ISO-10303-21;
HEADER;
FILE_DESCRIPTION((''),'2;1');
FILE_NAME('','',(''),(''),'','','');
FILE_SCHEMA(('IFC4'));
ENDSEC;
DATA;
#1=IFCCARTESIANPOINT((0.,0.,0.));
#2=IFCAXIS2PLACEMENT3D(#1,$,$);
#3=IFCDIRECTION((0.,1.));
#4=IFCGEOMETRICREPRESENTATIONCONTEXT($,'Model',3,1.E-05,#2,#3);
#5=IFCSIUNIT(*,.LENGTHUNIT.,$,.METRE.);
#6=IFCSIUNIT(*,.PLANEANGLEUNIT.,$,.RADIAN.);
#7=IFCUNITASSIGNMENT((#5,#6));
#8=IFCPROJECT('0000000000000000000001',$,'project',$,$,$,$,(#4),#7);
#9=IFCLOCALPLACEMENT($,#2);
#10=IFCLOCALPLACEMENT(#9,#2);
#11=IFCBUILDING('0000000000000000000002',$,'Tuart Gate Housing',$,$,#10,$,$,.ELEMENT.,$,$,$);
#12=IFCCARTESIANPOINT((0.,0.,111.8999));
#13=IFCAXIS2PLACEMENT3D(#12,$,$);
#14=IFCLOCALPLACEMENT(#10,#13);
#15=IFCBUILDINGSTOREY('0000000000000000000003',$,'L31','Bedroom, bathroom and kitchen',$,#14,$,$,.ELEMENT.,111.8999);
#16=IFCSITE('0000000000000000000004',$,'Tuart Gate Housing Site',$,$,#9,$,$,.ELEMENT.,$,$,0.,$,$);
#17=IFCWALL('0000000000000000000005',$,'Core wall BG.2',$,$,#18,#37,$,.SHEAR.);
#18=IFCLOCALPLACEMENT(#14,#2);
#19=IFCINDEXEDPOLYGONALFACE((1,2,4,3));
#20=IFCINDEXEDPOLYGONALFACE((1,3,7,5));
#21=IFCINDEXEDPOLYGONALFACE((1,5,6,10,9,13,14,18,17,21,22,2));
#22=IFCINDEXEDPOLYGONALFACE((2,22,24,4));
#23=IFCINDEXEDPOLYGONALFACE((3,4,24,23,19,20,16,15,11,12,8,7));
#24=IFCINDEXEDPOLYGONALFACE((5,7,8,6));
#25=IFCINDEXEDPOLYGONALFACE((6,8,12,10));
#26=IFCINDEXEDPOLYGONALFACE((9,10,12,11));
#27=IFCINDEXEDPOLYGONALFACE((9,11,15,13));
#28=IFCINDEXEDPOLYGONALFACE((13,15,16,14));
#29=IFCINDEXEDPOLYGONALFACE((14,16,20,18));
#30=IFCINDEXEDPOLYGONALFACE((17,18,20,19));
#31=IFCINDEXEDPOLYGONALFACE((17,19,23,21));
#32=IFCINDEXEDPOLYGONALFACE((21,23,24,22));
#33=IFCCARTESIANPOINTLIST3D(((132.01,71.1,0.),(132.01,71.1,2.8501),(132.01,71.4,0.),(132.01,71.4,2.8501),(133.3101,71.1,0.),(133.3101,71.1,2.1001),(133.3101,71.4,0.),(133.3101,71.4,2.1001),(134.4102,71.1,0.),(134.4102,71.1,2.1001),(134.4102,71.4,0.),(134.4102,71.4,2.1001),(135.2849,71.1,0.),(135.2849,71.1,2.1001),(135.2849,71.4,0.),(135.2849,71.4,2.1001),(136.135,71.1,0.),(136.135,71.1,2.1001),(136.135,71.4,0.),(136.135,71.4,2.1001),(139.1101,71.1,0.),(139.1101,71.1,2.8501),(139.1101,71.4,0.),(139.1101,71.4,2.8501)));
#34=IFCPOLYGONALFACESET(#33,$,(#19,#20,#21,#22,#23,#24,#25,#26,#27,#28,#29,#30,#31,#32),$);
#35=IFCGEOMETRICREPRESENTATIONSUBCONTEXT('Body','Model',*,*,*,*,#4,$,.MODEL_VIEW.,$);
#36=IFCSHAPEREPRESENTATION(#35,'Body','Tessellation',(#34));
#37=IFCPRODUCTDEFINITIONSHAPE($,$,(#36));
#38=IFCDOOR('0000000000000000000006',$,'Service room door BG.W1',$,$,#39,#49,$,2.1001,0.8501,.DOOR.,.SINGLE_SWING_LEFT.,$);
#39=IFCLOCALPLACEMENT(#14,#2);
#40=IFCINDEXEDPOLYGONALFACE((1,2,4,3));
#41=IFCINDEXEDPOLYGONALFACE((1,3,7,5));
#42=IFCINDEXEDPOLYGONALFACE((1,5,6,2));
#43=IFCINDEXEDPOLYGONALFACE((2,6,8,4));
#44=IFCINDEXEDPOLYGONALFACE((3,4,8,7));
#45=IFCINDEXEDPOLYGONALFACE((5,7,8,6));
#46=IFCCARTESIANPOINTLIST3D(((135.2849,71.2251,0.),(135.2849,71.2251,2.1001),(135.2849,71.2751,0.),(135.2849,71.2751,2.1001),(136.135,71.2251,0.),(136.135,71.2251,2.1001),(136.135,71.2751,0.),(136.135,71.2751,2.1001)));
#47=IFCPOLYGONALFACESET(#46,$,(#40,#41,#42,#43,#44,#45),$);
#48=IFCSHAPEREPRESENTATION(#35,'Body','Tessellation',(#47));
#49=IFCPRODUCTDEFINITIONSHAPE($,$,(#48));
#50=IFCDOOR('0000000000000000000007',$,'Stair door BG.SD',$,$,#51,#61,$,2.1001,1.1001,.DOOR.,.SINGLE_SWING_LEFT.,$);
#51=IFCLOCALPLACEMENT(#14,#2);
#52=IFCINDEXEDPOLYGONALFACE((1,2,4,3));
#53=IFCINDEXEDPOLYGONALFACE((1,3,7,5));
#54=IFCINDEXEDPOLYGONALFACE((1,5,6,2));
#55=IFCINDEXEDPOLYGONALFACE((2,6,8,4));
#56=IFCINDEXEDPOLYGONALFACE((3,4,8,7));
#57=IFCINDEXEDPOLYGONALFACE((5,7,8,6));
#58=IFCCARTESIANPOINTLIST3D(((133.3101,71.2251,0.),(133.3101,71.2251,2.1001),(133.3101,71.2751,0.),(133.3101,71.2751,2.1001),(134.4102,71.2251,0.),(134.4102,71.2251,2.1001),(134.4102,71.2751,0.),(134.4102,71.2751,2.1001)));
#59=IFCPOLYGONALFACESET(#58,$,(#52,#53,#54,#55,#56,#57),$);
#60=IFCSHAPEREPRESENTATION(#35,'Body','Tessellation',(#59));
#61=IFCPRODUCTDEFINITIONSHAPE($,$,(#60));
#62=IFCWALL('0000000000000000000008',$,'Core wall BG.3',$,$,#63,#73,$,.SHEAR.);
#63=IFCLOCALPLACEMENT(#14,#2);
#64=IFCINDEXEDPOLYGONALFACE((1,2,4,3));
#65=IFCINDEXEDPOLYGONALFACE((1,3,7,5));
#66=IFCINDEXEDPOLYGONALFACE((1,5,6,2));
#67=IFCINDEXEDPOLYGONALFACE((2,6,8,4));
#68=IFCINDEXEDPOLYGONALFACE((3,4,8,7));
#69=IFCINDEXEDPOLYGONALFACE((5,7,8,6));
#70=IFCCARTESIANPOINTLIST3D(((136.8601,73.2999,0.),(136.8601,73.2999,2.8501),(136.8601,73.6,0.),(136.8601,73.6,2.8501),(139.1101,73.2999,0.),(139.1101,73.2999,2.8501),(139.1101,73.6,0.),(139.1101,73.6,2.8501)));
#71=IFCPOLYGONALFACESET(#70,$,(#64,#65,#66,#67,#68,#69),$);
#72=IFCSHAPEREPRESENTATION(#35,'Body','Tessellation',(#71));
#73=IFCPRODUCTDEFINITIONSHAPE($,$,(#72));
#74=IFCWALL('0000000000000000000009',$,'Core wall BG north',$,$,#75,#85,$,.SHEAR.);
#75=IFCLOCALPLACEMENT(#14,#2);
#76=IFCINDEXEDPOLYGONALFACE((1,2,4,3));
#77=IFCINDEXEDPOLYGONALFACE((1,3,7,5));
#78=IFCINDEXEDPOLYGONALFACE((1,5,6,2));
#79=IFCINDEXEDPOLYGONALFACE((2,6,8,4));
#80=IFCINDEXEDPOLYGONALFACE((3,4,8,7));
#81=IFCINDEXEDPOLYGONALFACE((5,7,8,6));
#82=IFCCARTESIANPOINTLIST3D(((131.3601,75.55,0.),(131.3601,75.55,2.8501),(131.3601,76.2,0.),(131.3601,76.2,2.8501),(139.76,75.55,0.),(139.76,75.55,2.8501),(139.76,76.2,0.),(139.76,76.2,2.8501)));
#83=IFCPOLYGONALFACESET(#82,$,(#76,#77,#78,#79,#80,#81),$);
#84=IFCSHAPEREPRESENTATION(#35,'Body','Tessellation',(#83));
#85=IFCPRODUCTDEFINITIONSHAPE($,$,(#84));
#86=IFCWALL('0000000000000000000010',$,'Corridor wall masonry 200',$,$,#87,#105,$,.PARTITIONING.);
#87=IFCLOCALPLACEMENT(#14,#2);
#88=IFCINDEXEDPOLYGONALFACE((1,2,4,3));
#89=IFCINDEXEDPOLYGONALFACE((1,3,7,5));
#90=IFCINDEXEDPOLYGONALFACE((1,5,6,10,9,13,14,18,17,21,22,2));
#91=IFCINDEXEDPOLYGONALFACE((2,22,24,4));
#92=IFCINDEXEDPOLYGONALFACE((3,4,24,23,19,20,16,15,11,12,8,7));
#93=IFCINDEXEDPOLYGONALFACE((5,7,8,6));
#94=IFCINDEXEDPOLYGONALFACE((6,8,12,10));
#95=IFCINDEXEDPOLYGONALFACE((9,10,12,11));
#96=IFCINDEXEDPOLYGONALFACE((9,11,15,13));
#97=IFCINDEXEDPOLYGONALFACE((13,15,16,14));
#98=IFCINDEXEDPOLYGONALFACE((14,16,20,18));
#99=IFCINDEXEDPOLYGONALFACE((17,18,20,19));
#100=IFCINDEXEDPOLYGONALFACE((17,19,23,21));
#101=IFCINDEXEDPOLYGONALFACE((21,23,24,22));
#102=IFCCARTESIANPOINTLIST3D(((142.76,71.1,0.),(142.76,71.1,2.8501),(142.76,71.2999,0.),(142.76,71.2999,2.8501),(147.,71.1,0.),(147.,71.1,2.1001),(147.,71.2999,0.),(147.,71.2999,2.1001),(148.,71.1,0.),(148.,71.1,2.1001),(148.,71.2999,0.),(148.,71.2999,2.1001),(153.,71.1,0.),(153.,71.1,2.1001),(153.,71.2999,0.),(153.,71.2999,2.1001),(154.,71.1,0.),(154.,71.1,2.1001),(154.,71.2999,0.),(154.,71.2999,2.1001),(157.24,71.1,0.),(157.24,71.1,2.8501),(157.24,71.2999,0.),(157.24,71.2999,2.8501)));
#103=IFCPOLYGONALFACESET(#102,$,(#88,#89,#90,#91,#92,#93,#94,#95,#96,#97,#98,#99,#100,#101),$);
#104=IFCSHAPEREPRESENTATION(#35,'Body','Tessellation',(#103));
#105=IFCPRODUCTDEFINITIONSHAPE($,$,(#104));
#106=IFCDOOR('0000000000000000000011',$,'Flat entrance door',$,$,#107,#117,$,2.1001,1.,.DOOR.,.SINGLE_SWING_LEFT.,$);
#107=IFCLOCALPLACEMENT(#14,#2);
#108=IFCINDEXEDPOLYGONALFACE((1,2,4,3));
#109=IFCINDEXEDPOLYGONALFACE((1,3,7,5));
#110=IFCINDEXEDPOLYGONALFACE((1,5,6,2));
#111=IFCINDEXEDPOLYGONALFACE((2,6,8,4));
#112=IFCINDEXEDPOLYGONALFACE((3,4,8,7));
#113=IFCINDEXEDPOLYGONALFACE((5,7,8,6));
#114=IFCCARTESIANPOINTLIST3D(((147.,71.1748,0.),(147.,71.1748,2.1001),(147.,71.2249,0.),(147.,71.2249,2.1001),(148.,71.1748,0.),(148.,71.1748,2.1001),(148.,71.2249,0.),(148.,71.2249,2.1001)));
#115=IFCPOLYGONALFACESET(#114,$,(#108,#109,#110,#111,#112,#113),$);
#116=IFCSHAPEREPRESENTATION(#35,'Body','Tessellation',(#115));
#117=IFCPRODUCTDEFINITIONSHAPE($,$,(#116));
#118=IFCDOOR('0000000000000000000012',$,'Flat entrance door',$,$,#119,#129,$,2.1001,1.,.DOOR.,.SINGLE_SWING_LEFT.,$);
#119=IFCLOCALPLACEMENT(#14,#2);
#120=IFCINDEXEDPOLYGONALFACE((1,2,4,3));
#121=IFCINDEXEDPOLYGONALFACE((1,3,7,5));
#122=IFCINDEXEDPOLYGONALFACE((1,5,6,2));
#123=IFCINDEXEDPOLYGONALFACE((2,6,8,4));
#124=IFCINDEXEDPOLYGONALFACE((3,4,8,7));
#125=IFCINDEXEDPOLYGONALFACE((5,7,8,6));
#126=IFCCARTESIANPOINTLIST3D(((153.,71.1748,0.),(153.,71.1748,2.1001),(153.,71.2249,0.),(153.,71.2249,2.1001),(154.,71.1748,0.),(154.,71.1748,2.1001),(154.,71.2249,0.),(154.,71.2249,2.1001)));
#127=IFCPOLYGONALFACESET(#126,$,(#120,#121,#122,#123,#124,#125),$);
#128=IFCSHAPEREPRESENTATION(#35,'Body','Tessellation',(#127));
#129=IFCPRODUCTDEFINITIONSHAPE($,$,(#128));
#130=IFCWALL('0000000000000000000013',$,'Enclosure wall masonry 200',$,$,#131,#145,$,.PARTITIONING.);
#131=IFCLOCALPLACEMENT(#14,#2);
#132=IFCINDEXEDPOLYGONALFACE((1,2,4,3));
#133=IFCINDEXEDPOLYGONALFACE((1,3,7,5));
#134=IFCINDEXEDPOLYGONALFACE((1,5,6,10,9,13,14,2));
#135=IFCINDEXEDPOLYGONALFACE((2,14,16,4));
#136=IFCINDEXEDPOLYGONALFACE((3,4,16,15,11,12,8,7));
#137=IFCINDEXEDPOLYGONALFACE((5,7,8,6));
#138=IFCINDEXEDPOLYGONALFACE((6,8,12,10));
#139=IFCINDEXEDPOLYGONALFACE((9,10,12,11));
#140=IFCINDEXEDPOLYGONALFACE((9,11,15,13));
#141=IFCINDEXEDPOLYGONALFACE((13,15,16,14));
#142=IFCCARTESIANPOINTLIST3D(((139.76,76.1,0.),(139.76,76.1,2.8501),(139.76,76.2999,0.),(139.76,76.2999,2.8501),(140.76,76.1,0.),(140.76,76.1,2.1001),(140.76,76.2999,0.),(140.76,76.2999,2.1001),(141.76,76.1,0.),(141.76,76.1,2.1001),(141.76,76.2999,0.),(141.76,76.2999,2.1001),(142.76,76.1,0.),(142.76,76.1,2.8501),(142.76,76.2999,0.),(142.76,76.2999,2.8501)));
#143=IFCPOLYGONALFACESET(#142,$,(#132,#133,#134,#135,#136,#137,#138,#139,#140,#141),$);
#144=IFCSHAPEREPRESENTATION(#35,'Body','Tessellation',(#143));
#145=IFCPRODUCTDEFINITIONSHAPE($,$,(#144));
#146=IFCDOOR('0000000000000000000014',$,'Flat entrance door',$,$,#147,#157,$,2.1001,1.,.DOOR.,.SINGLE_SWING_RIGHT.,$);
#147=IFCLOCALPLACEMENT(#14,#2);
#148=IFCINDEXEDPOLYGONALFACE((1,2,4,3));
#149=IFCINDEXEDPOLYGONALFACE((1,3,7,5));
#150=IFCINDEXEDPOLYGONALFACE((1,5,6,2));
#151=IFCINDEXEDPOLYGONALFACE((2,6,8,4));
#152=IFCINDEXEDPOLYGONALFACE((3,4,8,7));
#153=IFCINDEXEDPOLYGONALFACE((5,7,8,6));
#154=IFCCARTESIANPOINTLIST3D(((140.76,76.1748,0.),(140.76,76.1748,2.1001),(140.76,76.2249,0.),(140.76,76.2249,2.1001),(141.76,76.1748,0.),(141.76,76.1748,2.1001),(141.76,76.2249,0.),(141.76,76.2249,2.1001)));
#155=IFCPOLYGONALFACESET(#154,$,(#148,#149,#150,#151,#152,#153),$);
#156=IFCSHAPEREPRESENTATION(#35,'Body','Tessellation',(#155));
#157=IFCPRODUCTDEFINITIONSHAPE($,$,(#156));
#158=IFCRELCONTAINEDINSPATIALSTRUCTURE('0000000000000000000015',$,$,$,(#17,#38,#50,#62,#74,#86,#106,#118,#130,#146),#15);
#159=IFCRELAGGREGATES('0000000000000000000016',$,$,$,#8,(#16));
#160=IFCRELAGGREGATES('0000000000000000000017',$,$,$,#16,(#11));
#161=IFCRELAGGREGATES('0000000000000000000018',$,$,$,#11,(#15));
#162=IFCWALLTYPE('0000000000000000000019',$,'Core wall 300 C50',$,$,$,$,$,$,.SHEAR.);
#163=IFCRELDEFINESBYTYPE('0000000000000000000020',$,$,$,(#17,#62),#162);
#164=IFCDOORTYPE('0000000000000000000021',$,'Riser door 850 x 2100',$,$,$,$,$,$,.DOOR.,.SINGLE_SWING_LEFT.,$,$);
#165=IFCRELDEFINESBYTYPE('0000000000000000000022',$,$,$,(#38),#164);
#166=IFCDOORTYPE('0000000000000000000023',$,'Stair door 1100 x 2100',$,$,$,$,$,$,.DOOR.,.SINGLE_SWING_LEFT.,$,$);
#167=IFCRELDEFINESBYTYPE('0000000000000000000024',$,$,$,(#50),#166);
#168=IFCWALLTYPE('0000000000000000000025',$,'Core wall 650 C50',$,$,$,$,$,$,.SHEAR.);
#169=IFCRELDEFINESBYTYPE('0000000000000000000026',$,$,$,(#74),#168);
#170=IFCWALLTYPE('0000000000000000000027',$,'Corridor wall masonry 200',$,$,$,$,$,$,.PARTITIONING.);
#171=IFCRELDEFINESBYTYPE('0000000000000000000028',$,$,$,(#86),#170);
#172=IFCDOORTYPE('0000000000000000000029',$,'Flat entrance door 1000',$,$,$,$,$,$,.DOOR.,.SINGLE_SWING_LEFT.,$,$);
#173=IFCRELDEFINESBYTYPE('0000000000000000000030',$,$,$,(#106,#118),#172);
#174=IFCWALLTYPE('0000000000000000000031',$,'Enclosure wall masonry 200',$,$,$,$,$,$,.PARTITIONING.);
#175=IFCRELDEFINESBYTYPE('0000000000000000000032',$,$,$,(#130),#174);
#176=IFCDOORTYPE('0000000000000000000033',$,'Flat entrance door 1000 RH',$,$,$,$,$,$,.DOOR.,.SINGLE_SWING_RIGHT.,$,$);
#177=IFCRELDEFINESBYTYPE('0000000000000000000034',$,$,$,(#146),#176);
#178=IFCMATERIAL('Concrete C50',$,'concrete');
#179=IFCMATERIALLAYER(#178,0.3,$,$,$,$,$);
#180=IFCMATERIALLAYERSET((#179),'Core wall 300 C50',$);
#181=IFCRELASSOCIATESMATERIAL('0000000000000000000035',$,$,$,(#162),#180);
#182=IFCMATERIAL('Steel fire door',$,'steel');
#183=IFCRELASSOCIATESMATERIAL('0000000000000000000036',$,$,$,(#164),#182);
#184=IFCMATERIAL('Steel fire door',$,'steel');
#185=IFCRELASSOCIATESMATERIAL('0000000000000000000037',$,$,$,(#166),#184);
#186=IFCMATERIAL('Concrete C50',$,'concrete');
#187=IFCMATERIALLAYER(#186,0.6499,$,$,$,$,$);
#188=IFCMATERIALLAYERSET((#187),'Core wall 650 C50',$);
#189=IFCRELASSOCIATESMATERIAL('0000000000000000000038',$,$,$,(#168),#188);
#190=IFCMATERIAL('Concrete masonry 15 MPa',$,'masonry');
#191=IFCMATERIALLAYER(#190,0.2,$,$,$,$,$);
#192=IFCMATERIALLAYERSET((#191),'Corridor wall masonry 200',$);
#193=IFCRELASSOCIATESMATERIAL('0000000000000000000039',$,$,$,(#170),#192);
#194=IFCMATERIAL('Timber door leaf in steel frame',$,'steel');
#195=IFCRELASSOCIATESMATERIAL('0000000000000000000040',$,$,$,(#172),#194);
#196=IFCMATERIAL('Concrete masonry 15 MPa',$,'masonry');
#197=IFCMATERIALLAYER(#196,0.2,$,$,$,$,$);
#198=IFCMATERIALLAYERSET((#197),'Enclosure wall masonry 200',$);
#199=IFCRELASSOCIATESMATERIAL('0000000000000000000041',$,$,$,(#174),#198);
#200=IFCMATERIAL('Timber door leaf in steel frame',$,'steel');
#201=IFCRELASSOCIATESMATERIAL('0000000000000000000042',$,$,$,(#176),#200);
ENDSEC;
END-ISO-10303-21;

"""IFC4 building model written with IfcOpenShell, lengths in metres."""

from ifc_helpers import new_model, si_unit, direction, frame, frame_2d, origin, place, context, subcontext, project, spatial, rectangle, extrude, material, layer, layer_set, type_object, element, fill, save


model = new_model("IFC4")

# Units and contexts
model_context = context("Model", 3, precision=1e-05, world=origin(), true_north=direction((0.0, 1.0)))
body_context = subcontext(model_context, "Body", "Model", "MODEL_VIEW")
ifc_project = project(units=[si_unit("LENGTHUNIT", "METRE"), si_unit("PLANEANGLEUNIT", "RADIAN")], contexts=[model_context])

# Site, building, storey
site_placement = place(None, origin())
site = spatial("IfcSite", under=ifc_project, at=site_placement, Name="Tuart Gate Housing Site", CompositionType="ELEMENT", RefElevation=0.0)
building_placement = place(site_placement, origin())
building = spatial("IfcBuilding", under=site, at=building_placement, Name="Tuart Gate Housing", CompositionType="ELEMENT")
storey_placement = place(building_placement, frame((0.0, 0.0, 111.8999)))
storey = spatial("IfcBuildingStorey", under=building, at=storey_placement, Name="L31", Description="Bedroom, bathroom and kitchen", CompositionType="ELEMENT", Elevation=111.8999)

# Wall, openings, doors
ifc_material_1 = material(Name="Concrete C50", Category="concrete")
ifc_layer_1 = layer(ifc_material_1, 0.3)
ifc_layer_set_1 = layer_set([ifc_layer_1], Name="Core wall 300 C50")
wall_type_1 = type_object("IfcWallType", Name="Core wall 300 C50", PredefinedType="SHEAR", material=ifc_layer_set_1)
wall_1_placement = place(storey_placement, frame((139.1101, 71.25, 0.0), z_axis=(0.0, 0.0, 1.0), x_axis=(-1.0, 0.0, 0.0)))
wall_1 = element("IfcWall", 1, at=wall_1_placement, inside=storey, type_object=wall_type_1, Name="Core wall BG.2", PredefinedType="SHEAR", context=body_context, shape_type="SweptSolid", body=[
    extrude(rectangle(XDim=7.1001, YDim=0.3, at=frame_2d((3.55, 0.0))), origin(), (0.0, 0.0, 1.0), 2.8501),
])
opening_1_placement = place(wall_1_placement, frame((4.7, 0.0, 0.0)))
opening_1 = element("IfcOpeningElement", 2, at=opening_1_placement, cuts=wall_1, PredefinedType="OPENING", context=body_context, shape_type="SweptSolid", body=[
    extrude(rectangle(XDim=1.1001, YDim=2.1001, at=frame_2d((0.55, 1.05))), frame((0.0, 0.1599, 0.0), z_axis=(0.0, -1.0, 0.0), x_axis=(1.0, 0.0, 0.0)), (0.0, 0.0, 1.0), 0.3201),
])
opening_2_placement = place(wall_1_placement, frame((2.9751, 0.0, 0.0)))
opening_2 = element("IfcOpeningElement", 3, at=opening_2_placement, cuts=wall_1, PredefinedType="OPENING", context=body_context, shape_type="SweptSolid", body=[
    extrude(rectangle(XDim=0.8501, YDim=2.1001, at=frame_2d((0.425, 1.05))), frame((0.0, 0.1599, 0.0), z_axis=(0.0, -1.0, 0.0), x_axis=(1.0, 0.0, 0.0)), (0.0, 0.0, 1.0), 0.3201),
])
ifc_material_2 = material(Name="Steel fire door", Category="steel")
door_type_1 = type_object("IfcDoorType", Name="Riser door 850 x 2100", OperationType="SINGLE_SWING_LEFT", PredefinedType="DOOR", material=ifc_material_2)
door_1_placement = place(opening_2_placement, origin())
door_1 = element("IfcDoor", 4, at=door_1_placement, inside=storey, type_object=door_type_1, Name="Service room door BG.W1", OperationType="SINGLE_SWING_LEFT", OverallHeight=2.1001, OverallWidth=0.8501, PredefinedType="DOOR", context=body_context, shape_type="SweptSolid", body=[
    extrude(rectangle(XDim=0.8501, YDim=2.1001, at=frame_2d((0.425, 1.05))), frame((0.0, 0.0249, 0.0), z_axis=(0.0, -1.0, 0.0), x_axis=(1.0, 0.0, 0.0)), (0.0, 0.0, 1.0), 0.05),
])
fill(opening_2, door_1)
ifc_material_3 = material(Name="Steel fire door", Category="steel")
door_type_2 = type_object("IfcDoorType", Name="Stair door 1100 x 2100", OperationType="SINGLE_SWING_LEFT", PredefinedType="DOOR", material=ifc_material_3)
door_2_placement = place(opening_1_placement, origin())
door_2 = element("IfcDoor", 5, at=door_2_placement, inside=storey, type_object=door_type_2, Name="Stair door BG.SD", OperationType="SINGLE_SWING_LEFT", OverallHeight=2.1001, OverallWidth=1.1001, PredefinedType="DOOR", context=body_context, shape_type="SweptSolid", body=[
    extrude(rectangle(XDim=1.1001, YDim=2.1001, at=frame_2d((0.55, 1.05))), frame((0.0, 0.0249, 0.0), z_axis=(0.0, -1.0, 0.0), x_axis=(1.0, 0.0, 0.0)), (0.0, 0.0, 1.0), 0.05),
])
fill(opening_1, door_2)

# Walls
wall_2_placement = place(storey_placement, frame((139.1101, 73.45, 0.0), z_axis=(0.0, 0.0, 1.0), x_axis=(-1.0, 0.0, 0.0)))
element("IfcWall", 6, at=wall_2_placement, inside=storey, type_object=wall_type_1, Name="Core wall BG.3", PredefinedType="SHEAR", context=body_context, shape_type="SweptSolid", body=[
    extrude(rectangle(XDim=2.25, YDim=0.3, at=frame_2d((1.125, 0.0))), origin(), (0.0, 0.0, 1.0), 2.8501),
])
ifc_material_4 = material(Name="Concrete C50", Category="concrete")
ifc_layer_2 = layer(ifc_material_4, 0.6499)
ifc_layer_set_2 = layer_set([ifc_layer_2], Name="Core wall 650 C50")
wall_type_2 = type_object("IfcWallType", Name="Core wall 650 C50", PredefinedType="SHEAR", material=ifc_layer_set_2)
wall_3_placement = place(storey_placement, frame((139.76, 75.875, 0.0), z_axis=(0.0, 0.0, 1.0), x_axis=(-1.0, 0.0, 0.0)))
element("IfcWall", 7, at=wall_3_placement, inside=storey, type_object=wall_type_2, Name="Core wall BG north", PredefinedType="SHEAR", context=body_context, shape_type="SweptSolid", body=[
    extrude(rectangle(XDim=8.3999, YDim=0.6499, at=frame_2d((4.2, 0.0))), origin(), (0.0, 0.0, 1.0), 2.8501),
])

# Wall, openings, doors
ifc_material_5 = material(Name="Concrete masonry 15 MPa", Category="masonry")
ifc_layer_3 = layer(ifc_material_5, 0.2)
ifc_layer_set_3 = layer_set([ifc_layer_3], Name="Corridor wall masonry 200")
wall_type_3 = type_object("IfcWallType", Name="Corridor wall masonry 200", PredefinedType="PARTITIONING", material=ifc_layer_set_3)
wall_4_placement = place(storey_placement, frame((142.76, 71.2, 0.0), z_axis=(0.0, 0.0, 1.0), x_axis=(1.0, 0.0, 0.0)))
wall_4 = element("IfcWall", 8, at=wall_4_placement, inside=storey, type_object=wall_type_3, Name="Corridor wall masonry 200", PredefinedType="PARTITIONING", context=body_context, shape_type="SweptSolid", body=[
    extrude(rectangle(XDim=14.48, YDim=0.2, at=frame_2d((7.24, 0.0))), origin(), (0.0, 0.0, 1.0), 2.8501),
])
opening_3_placement = place(wall_4_placement, frame((4.24, 0.0, 0.0)))
opening_3 = element("IfcOpeningElement", 9, at=opening_3_placement, cuts=wall_4, PredefinedType="OPENING", context=body_context, shape_type="SweptSolid", body=[
    extrude(rectangle(XDim=1.0, YDim=2.1001, at=frame_2d((0.5, 1.05))), frame((0.0, 0.1099, 0.0), z_axis=(0.0, -1.0, 0.0), x_axis=(1.0, 0.0, 0.0)), (0.0, 0.0, 1.0), 0.22),
])
opening_4_placement = place(wall_4_placement, frame((10.24, 0.0, 0.0)))
opening_4 = element("IfcOpeningElement", 10, at=opening_4_placement, cuts=wall_4, PredefinedType="OPENING", context=body_context, shape_type="SweptSolid", body=[
    extrude(rectangle(XDim=1.0, YDim=2.1001, at=frame_2d((0.5, 1.05))), frame((0.0, 0.1099, 0.0), z_axis=(0.0, -1.0, 0.0), x_axis=(1.0, 0.0, 0.0)), (0.0, 0.0, 1.0), 0.22),
])
ifc_material_6 = material(Name="Timber door leaf in steel frame", Category="steel")
door_type_3 = type_object("IfcDoorType", Name="Flat entrance door 1000", OperationType="SINGLE_SWING_LEFT", PredefinedType="DOOR", material=ifc_material_6)
door_3_placement = place(opening_3_placement, origin())
door_3 = element("IfcDoor", 11, at=door_3_placement, inside=storey, type_object=door_type_3, Name="Flat entrance door", OperationType="SINGLE_SWING_LEFT", OverallHeight=2.1001, OverallWidth=1.0, PredefinedType="DOOR", context=body_context, shape_type="SweptSolid", body=[
    extrude(rectangle(XDim=1.0, YDim=2.1001, at=frame_2d((0.5, 1.05))), frame((0.0, 0.0249, 0.0), z_axis=(0.0, -1.0, 0.0), x_axis=(1.0, 0.0, 0.0)), (0.0, 0.0, 1.0), 0.05),
])
fill(opening_3, door_3)
door_4_placement = place(opening_4_placement, origin())
door_4 = element("IfcDoor", 12, at=door_4_placement, inside=storey, type_object=door_type_3, Name="Flat entrance door", OperationType="SINGLE_SWING_LEFT", OverallHeight=2.1001, OverallWidth=1.0, PredefinedType="DOOR", context=body_context, shape_type="SweptSolid", body=[
    extrude(rectangle(XDim=1.0, YDim=2.1001, at=frame_2d((0.5, 1.05))), frame((0.0, 0.0249, 0.0), z_axis=(0.0, -1.0, 0.0), x_axis=(1.0, 0.0, 0.0)), (0.0, 0.0, 1.0), 0.05),
])
fill(opening_4, door_4)

# Wall, opening, door
ifc_material_7 = material(Name="Concrete masonry 15 MPa", Category="masonry")
ifc_layer_4 = layer(ifc_material_7, 0.2)
ifc_layer_set_4 = layer_set([ifc_layer_4], Name="Enclosure wall masonry 200")
wall_type_4 = type_object("IfcWallType", Name="Enclosure wall masonry 200", PredefinedType="PARTITIONING", material=ifc_layer_set_4)
wall_5_placement = place(storey_placement, frame((139.76, 76.2, 0.0), z_axis=(0.0, 0.0, 1.0), x_axis=(1.0, 0.0, 0.0)))
wall_5 = element("IfcWall", 13, at=wall_5_placement, inside=storey, type_object=wall_type_4, Name="Enclosure wall masonry 200", PredefinedType="PARTITIONING", context=body_context, shape_type="SweptSolid", body=[
    extrude(rectangle(XDim=3.0, YDim=0.2, at=frame_2d((1.5, 0.0))), origin(), (0.0, 0.0, 1.0), 2.8501),
])
opening_5_placement = place(wall_5_placement, frame((1.0, 0.0, 0.0)))
opening_5 = element("IfcOpeningElement", 14, at=opening_5_placement, cuts=wall_5, PredefinedType="OPENING", context=body_context, shape_type="SweptSolid", body=[
    extrude(rectangle(XDim=1.0, YDim=2.1001, at=frame_2d((0.5, 1.05))), frame((0.0, 0.1099, 0.0), z_axis=(0.0, -1.0, 0.0), x_axis=(1.0, 0.0, 0.0)), (0.0, 0.0, 1.0), 0.22),
])
ifc_material_8 = material(Name="Timber door leaf in steel frame", Category="steel")
door_type_4 = type_object("IfcDoorType", Name="Flat entrance door 1000 RH", OperationType="SINGLE_SWING_RIGHT", PredefinedType="DOOR", material=ifc_material_8)
door_5_placement = place(opening_5_placement, origin())
door_5 = element("IfcDoor", 15, at=door_5_placement, inside=storey, type_object=door_type_4, Name="Flat entrance door", OperationType="SINGLE_SWING_RIGHT", OverallHeight=2.1001, OverallWidth=1.0, PredefinedType="DOOR", context=body_context, shape_type="SweptSolid", body=[
    extrude(rectangle(XDim=1.0, YDim=2.1001, at=frame_2d((0.5, 1.05))), frame((0.0, 0.0249, 0.0), z_axis=(0.0, -1.0, 0.0), x_axis=(1.0, 0.0, 0.0)), (0.0, 0.0, 1.0), 0.05),
])
fill(opening_5, door_5)

save(model, "model.ifc")
